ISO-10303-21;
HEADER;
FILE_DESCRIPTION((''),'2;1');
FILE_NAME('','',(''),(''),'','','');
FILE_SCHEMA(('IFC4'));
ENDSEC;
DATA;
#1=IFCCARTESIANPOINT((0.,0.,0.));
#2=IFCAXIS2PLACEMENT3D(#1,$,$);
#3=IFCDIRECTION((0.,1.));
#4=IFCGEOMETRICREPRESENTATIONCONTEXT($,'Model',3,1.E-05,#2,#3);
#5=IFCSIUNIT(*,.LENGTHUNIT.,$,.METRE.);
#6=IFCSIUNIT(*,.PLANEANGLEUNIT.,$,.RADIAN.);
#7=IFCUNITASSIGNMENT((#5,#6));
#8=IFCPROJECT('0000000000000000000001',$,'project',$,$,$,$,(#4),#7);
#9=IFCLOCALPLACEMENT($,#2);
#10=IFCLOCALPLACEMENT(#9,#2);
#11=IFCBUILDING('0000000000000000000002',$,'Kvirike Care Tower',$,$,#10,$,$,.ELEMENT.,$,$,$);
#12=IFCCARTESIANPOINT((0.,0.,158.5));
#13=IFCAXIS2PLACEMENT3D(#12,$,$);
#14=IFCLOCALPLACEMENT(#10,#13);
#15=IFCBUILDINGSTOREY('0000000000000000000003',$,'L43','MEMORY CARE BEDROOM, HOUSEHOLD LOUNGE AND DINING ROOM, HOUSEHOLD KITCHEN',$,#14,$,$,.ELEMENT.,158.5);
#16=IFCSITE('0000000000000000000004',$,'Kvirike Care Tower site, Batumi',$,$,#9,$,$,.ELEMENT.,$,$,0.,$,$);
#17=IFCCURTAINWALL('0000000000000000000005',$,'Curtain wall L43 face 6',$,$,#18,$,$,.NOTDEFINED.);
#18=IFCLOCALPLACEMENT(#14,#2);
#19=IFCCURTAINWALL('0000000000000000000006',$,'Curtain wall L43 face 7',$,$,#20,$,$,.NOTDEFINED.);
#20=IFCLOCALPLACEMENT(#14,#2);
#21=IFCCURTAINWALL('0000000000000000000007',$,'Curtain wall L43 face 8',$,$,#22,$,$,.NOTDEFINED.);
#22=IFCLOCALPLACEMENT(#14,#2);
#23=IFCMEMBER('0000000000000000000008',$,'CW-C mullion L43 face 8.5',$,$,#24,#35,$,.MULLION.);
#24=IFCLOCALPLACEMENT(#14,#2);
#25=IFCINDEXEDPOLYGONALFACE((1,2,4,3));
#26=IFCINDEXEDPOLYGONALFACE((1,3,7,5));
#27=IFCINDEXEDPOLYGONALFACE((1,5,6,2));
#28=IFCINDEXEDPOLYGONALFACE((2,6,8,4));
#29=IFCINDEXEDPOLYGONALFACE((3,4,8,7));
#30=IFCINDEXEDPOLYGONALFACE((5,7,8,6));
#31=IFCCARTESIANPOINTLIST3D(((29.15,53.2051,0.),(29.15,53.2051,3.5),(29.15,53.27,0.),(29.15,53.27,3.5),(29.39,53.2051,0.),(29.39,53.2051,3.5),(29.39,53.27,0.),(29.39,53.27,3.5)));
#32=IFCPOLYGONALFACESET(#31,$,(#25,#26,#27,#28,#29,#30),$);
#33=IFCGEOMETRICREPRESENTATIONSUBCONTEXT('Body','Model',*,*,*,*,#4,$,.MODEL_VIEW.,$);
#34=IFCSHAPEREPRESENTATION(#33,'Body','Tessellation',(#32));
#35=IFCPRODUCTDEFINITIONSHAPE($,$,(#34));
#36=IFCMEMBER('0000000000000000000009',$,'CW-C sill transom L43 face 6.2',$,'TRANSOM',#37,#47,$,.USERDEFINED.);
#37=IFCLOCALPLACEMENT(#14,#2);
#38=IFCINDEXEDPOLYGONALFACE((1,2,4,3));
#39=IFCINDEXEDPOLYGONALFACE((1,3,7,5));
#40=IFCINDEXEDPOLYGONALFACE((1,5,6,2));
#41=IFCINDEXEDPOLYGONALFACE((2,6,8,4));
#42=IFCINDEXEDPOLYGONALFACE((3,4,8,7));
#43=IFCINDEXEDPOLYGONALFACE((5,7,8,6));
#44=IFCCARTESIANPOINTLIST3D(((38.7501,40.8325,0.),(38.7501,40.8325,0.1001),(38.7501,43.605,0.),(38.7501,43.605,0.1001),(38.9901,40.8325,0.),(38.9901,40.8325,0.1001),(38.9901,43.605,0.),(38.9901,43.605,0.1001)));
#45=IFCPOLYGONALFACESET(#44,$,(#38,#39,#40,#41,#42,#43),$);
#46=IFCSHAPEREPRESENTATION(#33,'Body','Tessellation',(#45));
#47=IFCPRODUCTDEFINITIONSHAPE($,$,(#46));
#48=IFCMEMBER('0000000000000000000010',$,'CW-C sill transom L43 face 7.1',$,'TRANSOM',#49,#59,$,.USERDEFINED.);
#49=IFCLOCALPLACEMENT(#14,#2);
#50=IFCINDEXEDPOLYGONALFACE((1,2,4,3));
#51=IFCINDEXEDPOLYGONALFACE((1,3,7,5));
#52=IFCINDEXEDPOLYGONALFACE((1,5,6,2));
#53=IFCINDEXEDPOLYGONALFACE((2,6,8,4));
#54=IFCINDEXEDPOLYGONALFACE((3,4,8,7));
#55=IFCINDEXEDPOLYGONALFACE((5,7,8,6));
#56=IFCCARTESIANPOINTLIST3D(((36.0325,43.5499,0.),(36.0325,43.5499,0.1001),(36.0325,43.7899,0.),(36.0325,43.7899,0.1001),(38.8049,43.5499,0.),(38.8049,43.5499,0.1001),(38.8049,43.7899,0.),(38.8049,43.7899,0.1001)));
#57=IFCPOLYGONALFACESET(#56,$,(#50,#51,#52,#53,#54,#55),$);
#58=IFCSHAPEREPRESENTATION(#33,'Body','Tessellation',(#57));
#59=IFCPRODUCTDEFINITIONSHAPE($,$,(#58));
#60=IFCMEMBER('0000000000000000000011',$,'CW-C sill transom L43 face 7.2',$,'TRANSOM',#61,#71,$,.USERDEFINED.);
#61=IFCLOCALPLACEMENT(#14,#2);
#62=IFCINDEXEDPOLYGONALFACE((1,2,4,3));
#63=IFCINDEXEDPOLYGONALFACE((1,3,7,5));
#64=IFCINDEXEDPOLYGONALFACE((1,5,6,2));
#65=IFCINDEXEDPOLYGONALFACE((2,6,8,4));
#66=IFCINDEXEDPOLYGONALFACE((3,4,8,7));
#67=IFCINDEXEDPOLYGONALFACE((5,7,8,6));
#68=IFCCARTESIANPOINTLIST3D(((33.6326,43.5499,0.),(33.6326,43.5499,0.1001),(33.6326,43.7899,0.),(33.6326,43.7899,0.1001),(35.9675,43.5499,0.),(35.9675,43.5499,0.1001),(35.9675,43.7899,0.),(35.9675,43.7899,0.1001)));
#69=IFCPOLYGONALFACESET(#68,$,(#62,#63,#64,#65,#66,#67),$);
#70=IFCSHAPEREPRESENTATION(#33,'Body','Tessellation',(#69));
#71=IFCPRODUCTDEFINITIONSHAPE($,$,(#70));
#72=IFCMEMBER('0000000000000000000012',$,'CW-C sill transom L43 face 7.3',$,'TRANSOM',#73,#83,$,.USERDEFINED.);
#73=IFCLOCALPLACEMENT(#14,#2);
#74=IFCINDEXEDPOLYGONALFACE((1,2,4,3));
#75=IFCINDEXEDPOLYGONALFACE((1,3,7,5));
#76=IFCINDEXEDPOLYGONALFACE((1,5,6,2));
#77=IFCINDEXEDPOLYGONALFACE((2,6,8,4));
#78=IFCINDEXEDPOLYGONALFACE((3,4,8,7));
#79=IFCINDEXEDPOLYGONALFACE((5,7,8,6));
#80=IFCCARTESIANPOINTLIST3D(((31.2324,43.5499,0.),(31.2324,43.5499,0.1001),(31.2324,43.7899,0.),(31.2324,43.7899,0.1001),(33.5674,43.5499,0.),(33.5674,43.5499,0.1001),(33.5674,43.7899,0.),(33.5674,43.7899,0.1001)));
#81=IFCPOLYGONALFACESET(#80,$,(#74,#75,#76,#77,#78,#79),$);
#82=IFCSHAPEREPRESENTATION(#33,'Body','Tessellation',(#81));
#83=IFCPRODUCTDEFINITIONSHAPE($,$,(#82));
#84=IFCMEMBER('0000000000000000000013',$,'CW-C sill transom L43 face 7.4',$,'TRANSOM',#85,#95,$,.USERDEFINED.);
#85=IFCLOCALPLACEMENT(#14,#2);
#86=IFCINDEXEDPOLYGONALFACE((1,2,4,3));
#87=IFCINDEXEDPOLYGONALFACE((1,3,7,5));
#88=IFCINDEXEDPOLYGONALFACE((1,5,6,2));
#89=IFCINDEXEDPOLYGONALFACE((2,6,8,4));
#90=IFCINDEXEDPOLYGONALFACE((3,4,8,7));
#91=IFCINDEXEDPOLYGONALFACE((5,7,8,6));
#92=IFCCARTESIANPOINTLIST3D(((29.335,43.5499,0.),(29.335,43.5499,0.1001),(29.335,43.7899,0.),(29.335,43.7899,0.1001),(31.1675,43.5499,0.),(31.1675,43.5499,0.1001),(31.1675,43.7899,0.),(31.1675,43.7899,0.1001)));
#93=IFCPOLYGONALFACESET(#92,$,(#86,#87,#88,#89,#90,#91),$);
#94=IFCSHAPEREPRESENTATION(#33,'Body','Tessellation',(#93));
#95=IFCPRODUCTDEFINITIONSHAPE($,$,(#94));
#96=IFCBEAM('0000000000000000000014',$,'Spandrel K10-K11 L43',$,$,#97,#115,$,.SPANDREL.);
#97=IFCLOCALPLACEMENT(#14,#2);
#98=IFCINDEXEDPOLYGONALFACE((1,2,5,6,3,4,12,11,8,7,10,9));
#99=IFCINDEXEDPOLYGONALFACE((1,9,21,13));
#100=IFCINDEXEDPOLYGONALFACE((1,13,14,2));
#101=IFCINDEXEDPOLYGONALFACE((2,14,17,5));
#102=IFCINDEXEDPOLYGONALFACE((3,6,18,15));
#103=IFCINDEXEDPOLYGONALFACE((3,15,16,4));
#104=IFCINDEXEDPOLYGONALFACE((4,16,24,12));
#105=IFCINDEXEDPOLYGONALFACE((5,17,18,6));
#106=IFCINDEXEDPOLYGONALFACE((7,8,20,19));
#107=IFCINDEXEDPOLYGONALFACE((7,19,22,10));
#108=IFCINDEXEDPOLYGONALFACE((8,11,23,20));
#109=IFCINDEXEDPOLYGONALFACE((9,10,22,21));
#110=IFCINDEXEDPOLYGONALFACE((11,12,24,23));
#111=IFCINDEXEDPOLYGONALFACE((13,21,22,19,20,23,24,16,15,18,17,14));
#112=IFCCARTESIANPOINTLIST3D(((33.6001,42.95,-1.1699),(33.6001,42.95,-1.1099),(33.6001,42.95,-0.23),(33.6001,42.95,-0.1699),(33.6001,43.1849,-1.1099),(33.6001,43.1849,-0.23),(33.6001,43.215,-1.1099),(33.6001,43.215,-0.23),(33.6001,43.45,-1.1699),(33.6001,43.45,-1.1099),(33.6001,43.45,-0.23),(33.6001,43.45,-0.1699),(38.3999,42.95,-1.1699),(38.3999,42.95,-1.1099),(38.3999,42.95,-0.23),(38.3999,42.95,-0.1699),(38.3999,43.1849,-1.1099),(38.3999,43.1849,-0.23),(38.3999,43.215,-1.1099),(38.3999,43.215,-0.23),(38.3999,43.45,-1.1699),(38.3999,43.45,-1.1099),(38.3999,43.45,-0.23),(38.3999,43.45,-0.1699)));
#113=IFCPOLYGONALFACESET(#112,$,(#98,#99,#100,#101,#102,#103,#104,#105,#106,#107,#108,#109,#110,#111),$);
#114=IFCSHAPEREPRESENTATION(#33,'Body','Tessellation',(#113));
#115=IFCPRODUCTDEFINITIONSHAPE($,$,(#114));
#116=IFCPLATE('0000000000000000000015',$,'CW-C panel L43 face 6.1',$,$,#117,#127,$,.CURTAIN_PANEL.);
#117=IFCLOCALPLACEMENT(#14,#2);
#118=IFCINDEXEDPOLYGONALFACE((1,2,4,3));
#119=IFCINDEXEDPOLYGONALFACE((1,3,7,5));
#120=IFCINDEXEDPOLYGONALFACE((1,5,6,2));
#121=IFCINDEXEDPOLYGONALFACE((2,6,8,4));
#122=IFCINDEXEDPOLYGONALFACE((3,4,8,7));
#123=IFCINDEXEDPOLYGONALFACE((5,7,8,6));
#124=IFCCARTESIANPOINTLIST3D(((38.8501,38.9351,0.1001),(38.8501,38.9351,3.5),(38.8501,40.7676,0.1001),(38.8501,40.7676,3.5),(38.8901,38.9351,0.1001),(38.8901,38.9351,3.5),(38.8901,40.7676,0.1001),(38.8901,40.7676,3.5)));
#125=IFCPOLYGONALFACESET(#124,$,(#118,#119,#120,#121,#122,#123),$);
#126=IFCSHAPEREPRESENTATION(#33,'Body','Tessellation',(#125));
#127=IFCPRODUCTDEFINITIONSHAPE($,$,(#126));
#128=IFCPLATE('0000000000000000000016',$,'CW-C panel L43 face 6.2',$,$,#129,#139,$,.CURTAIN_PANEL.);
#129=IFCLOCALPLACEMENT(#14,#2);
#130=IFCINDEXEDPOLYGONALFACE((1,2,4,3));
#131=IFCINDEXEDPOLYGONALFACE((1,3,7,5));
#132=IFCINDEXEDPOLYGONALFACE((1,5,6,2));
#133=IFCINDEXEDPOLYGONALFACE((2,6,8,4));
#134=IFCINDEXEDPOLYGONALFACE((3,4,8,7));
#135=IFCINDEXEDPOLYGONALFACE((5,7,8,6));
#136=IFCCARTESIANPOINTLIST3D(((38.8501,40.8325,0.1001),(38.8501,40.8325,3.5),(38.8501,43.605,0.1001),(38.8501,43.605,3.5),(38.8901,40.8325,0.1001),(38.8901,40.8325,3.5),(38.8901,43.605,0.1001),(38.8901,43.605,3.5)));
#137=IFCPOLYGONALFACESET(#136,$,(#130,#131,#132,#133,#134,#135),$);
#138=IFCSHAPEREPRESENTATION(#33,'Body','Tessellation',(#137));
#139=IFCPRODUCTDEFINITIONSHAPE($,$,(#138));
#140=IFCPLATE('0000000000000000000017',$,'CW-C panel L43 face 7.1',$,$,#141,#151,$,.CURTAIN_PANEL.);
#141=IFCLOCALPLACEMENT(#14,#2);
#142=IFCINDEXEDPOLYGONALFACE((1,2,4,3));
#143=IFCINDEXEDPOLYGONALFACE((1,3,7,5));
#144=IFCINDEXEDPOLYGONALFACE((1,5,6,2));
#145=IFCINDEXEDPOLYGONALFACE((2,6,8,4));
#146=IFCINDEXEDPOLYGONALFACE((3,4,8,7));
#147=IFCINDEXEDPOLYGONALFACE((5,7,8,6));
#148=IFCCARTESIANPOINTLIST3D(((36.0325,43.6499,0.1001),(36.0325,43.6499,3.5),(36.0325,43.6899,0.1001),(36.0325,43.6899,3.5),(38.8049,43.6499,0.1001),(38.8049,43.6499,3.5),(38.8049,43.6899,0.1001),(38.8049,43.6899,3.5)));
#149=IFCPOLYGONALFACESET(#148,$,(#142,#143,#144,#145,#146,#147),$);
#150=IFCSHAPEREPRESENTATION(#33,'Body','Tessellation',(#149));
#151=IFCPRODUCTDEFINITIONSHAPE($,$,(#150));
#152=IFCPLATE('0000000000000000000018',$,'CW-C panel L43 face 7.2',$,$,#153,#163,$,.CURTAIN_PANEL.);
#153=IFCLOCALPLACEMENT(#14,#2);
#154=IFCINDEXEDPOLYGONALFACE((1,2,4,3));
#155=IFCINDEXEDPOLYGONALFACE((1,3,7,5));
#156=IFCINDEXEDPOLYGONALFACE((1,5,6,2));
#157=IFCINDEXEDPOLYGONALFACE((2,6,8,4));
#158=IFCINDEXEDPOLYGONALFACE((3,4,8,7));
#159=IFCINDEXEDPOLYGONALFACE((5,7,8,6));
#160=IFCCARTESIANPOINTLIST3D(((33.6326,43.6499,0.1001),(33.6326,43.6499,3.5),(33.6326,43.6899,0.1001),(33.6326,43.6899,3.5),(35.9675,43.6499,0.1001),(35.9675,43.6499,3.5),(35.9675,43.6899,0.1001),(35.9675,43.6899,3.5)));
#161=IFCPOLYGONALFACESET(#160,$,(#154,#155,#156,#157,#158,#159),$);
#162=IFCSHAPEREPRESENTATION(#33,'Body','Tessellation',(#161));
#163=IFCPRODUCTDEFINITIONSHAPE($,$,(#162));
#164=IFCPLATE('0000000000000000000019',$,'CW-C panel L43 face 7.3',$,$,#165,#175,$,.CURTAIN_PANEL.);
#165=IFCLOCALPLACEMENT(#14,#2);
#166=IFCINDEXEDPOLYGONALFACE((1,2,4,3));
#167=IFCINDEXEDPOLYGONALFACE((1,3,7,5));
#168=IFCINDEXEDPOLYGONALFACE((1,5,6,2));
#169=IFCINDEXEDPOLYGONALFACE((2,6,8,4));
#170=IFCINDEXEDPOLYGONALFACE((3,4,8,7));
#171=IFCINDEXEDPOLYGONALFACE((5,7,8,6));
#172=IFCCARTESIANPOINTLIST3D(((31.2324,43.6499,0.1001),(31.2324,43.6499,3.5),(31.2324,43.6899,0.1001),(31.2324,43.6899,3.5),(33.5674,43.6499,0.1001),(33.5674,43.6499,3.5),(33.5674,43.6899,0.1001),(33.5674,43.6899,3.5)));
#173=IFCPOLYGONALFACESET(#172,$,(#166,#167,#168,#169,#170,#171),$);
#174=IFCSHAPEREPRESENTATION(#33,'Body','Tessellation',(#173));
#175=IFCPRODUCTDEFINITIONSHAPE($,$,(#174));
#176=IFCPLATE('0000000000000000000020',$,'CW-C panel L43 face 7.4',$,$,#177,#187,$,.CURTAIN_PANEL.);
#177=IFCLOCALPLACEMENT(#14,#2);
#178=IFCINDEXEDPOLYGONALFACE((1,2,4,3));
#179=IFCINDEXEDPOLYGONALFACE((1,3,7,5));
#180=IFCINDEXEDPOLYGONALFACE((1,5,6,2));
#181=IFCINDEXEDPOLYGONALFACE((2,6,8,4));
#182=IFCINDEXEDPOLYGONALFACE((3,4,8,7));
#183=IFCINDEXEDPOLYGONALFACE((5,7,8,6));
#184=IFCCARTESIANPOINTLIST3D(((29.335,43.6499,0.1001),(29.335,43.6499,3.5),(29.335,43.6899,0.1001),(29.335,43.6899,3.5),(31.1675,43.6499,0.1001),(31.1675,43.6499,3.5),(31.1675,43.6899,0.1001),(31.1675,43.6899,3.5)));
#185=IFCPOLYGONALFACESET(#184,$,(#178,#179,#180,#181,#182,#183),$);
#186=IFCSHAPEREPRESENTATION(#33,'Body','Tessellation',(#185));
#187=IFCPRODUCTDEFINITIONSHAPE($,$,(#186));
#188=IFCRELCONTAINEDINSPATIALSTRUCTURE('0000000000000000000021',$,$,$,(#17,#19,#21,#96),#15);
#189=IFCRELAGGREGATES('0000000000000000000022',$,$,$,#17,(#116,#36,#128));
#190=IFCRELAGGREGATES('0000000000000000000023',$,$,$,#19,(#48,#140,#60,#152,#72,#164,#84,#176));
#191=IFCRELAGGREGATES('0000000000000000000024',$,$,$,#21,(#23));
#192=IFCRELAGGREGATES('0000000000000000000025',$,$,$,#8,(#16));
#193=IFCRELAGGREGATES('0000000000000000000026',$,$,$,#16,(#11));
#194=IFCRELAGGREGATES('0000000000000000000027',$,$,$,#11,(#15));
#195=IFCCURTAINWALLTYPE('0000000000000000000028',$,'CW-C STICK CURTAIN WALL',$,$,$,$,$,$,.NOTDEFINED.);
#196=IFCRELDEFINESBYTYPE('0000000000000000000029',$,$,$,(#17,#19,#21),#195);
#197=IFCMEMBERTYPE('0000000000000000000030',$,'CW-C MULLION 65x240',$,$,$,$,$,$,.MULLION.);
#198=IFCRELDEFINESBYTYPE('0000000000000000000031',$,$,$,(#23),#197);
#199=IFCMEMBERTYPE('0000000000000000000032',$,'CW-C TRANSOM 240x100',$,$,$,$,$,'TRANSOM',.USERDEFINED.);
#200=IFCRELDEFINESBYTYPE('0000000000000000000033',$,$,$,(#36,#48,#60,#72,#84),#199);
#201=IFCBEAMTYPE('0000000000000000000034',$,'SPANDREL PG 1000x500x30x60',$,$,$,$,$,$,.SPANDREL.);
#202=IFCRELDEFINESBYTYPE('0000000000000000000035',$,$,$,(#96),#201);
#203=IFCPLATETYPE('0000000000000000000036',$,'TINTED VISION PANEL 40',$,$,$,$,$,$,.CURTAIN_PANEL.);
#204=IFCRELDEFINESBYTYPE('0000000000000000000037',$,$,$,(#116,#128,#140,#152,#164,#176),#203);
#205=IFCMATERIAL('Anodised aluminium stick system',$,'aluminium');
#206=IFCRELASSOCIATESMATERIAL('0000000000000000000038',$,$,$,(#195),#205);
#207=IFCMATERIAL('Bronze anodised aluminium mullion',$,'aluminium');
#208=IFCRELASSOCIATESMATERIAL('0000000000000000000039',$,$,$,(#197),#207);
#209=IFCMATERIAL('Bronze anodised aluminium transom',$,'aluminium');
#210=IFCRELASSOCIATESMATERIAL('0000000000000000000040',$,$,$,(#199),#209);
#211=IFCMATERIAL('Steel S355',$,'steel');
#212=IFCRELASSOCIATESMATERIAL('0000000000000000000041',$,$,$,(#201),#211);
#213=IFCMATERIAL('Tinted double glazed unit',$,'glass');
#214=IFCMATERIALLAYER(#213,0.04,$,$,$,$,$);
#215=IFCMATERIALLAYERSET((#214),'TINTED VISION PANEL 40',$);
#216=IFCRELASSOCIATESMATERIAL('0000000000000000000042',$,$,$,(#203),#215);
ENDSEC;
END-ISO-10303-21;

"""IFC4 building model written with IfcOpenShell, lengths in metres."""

from ifc_helpers import new_model, si_unit, direction, frame, origin, origin_2d, place, context, subcontext, project, spatial, rectangle, i_section, extrude, material, layer, layer_set, material_profile, profile_set, type_object, element, aggregate, save


model = new_model("IFC4")

# Units and contexts
model_context = context("Model", 3, precision=1e-05, world=origin(), true_north=direction((0.0, 1.0)))
body_context = subcontext(model_context, "Body", "Model", "MODEL_VIEW")
ifc_project = project(units=[si_unit("LENGTHUNIT", "METRE"), si_unit("PLANEANGLEUNIT", "RADIAN")], contexts=[model_context])

# Site, building, storey
site_placement = place(None, origin())
site = spatial("IfcSite", under=ifc_project, at=site_placement, Name="Kvirike Care Tower site, Batumi", CompositionType="ELEMENT", RefElevation=0.0)
building_placement = place(site_placement, origin())
building = spatial("IfcBuilding", under=site, at=building_placement, Name="Kvirike Care Tower", CompositionType="ELEMENT")
storey_placement = place(building_placement, frame((0.0, 0.0, 158.5)))
storey = spatial("IfcBuildingStorey", under=building, at=storey_placement, Name="L43", Description="MEMORY CARE BEDROOM, HOUSEHOLD LOUNGE AND DINING ROOM, HOUSEHOLD KITCHEN", CompositionType="ELEMENT", Elevation=158.5)

# Curtain walls
ifc_material_1 = material(Name="Anodised aluminium stick system", Category="aluminium")
curtain_wall_type = type_object("IfcCurtainWallType", Name="CW-C STICK CURTAIN WALL", PredefinedType="NOTDEFINED", material=ifc_material_1)
curtain_wall_1_placement = place(storey_placement, origin())
curtain_wall_1 = element("IfcCurtainWall", 1, at=curtain_wall_1_placement, inside=storey, type_object=curtain_wall_type, Name="Curtain wall L43 face 6", PredefinedType="NOTDEFINED")
curtain_wall_2_placement = place(storey_placement, origin())
curtain_wall_2 = element("IfcCurtainWall", 2, at=curtain_wall_2_placement, inside=storey, type_object=curtain_wall_type, Name="Curtain wall L43 face 7", PredefinedType="NOTDEFINED")
curtain_wall_3_placement = place(storey_placement, origin())
curtain_wall_3 = element("IfcCurtainWall", 3, at=curtain_wall_3_placement, inside=storey, type_object=curtain_wall_type, Name="Curtain wall L43 face 8", PredefinedType="NOTDEFINED")

# Members
ifc_material_2 = material(Name="Bronze anodised aluminium mullion", Category="aluminium")
ifc_material_profile_1 = material_profile(ifc_material_2, rectangle(XDim=0.0649, YDim=0.24, at=origin_2d()), Name="CW-C MULLION 65x240")
ifc_profile_set_1 = profile_set([ifc_material_profile_1], Name="Bronze anodised aluminium mullion")
member_type_1 = type_object("IfcMemberType", Name="CW-C MULLION 65x240", PredefinedType="MULLION", material=ifc_profile_set_1)
member_1_placement = place(storey_placement, frame((29.27, 53.2375, 0.0), z_axis=(0.0, 0.0, 1.0), x_axis=(0.0, 1.0, 0.0)))
member_1 = element("IfcMember", 4, at=member_1_placement, type_object=member_type_1, Name="CW-C mullion L43 face 8.5", PredefinedType="MULLION", context=body_context, shape_type="SweptSolid", body=[
    extrude(rectangle(XDim=0.0649, YDim=0.24, at=origin_2d()), origin(), (0.0, 0.0, 1.0), 3.5),
])
ifc_material_3 = material(Name="Bronze anodised aluminium transom", Category="aluminium")
ifc_material_profile_2 = material_profile(ifc_material_3, rectangle(XDim=0.24, YDim=0.1001, at=origin_2d()), Name="CW-C TRANSOM 240x100")
ifc_profile_set_2 = profile_set([ifc_material_profile_2], Name="Bronze anodised aluminium transom")
member_type_2 = type_object("IfcMemberType", Name="CW-C TRANSOM 240x100", ElementType="TRANSOM", PredefinedType="USERDEFINED", material=ifc_profile_set_2)
member_2_placement = place(storey_placement, frame((38.8701, 40.8325, 0.05), z_axis=(0.0, 1.0, 0.0), x_axis=(-1.0, 0.0, 0.0)))
member_2 = element("IfcMember", 5, at=member_2_placement, type_object=member_type_2, Name="CW-C sill transom L43 face 6.2", ObjectType="TRANSOM", PredefinedType="USERDEFINED", context=body_context, shape_type="SweptSolid", body=[
    extrude(rectangle(XDim=0.24, YDim=0.1001, at=origin_2d()), origin(), (0.0, 0.0, 1.0), 2.7725),
])
member_3_placement = place(storey_placement, frame((38.8049, 43.6699, 0.05), z_axis=(-1.0, 0.0, 0.0), x_axis=(0.0, -1.0, 0.0)))
member_3 = element("IfcMember", 6, at=member_3_placement, type_object=member_type_2, Name="CW-C sill transom L43 face 7.1", ObjectType="TRANSOM", PredefinedType="USERDEFINED", context=body_context, shape_type="SweptSolid", body=[
    extrude(rectangle(XDim=0.24, YDim=0.1001, at=origin_2d()), origin(), (0.0, 0.0, 1.0), 2.7725),
])
member_4_placement = place(storey_placement, frame((35.9675, 43.6699, 0.05), z_axis=(-1.0, 0.0, 0.0), x_axis=(0.0, -1.0, 0.0)))
member_4 = element("IfcMember", 7, at=member_4_placement, type_object=member_type_2, Name="CW-C sill transom L43 face 7.2", ObjectType="TRANSOM", PredefinedType="USERDEFINED", context=body_context, shape_type="SweptSolid", body=[
    extrude(rectangle(XDim=0.24, YDim=0.1001, at=origin_2d()), origin(), (0.0, 0.0, 1.0), 2.335),
])
member_5_placement = place(storey_placement, frame((33.5674, 43.6699, 0.05), z_axis=(-1.0, 0.0, 0.0), x_axis=(0.0, -1.0, 0.0)))
member_5 = element("IfcMember", 8, at=member_5_placement, type_object=member_type_2, Name="CW-C sill transom L43 face 7.3", ObjectType="TRANSOM", PredefinedType="USERDEFINED", context=body_context, shape_type="SweptSolid", body=[
    extrude(rectangle(XDim=0.24, YDim=0.1001, at=origin_2d()), origin(), (0.0, 0.0, 1.0), 2.335),
])
member_6_placement = place(storey_placement, frame((31.1675, 43.6699, 0.05), z_axis=(-1.0, 0.0, 0.0), x_axis=(0.0, -1.0, 0.0)))
member_6 = element("IfcMember", 9, at=member_6_placement, type_object=member_type_2, Name="CW-C sill transom L43 face 7.4", ObjectType="TRANSOM", PredefinedType="USERDEFINED", context=body_context, shape_type="SweptSolid", body=[
    extrude(rectangle(XDim=0.24, YDim=0.1001, at=origin_2d()), origin(), (0.0, 0.0, 1.0), 1.8325),
])

# Beam
ifc_material_4 = material(Name="Steel S355", Category="steel")
ifc_material_profile_3 = material_profile(ifc_material_4, i_section(OverallWidth=0.5, OverallDepth=1.0, WebThickness=0.03, FlangeThickness=0.0601, at=origin_2d()), Name="PG 1000x500x30x60")
ifc_profile_set_3 = profile_set([ifc_material_profile_3], Name="Steel S355")
beam_type = type_object("IfcBeamType", Name="SPANDREL PG 1000x500x30x60", PredefinedType="SPANDREL", material=ifc_profile_set_3)
beam_placement = place(storey_placement, frame((33.6001, 43.2, -0.6699), z_axis=(1.0, 0.0, 0.0), x_axis=(0.0, 1.0, 0.0)))
element("IfcBeam", 10, at=beam_placement, inside=storey, type_object=beam_type, Name="Spandrel K10-K11 L43", PredefinedType="SPANDREL", context=body_context, shape_type="SweptSolid", body=[
    extrude(i_section(OverallWidth=0.5, OverallDepth=1.0, WebThickness=0.03, FlangeThickness=0.0601, at=origin_2d()), origin(), (0.0, 0.0, 1.0), 4.7998),
])

# Plates
ifc_material_5 = material(Name="Tinted double glazed unit", Category="glass")
ifc_layer_1 = layer(ifc_material_5, 0.04)
ifc_layer_set_1 = layer_set([ifc_layer_1], Name="TINTED VISION PANEL 40")
plate_type = type_object("IfcPlateType", Name="TINTED VISION PANEL 40", PredefinedType="CURTAIN_PANEL", material=ifc_layer_set_1)
plate_1_placement = place(storey_placement, frame((38.8701, 39.8513, 0.1001), z_axis=(0.0, 0.0, 1.0), x_axis=(0.0, 1.0, 0.0)))
plate_1 = element("IfcPlate", 11, at=plate_1_placement, type_object=plate_type, Name="CW-C panel L43 face 6.1", PredefinedType="CURTAIN_PANEL", context=body_context, shape_type="SweptSolid", body=[
    extrude(rectangle(XDim=1.8325, YDim=0.04, at=origin_2d()), origin(), (0.0, 0.0, 1.0), 3.3999),
])
plate_2_placement = place(storey_placement, frame((38.8701, 42.2188, 0.1001), z_axis=(0.0, 0.0, 1.0), x_axis=(0.0, 1.0, 0.0)))
plate_2 = element("IfcPlate", 12, at=plate_2_placement, type_object=plate_type, Name="CW-C panel L43 face 6.2", PredefinedType="CURTAIN_PANEL", context=body_context, shape_type="SweptSolid", body=[
    extrude(rectangle(XDim=2.7725, YDim=0.04, at=origin_2d()), origin(), (0.0, 0.0, 1.0), 3.3999),
])
aggregate(curtain_wall_1, [plate_1, member_2, plate_2])
plate_3_placement = place(storey_placement, frame((37.4187, 43.6699, 0.1001), z_axis=(0.0, 0.0, 1.0), x_axis=(-1.0, 0.0, 0.0)))
plate_3 = element("IfcPlate", 13, at=plate_3_placement, type_object=plate_type, Name="CW-C panel L43 face 7.1", PredefinedType="CURTAIN_PANEL", context=body_context, shape_type="SweptSolid", body=[
    extrude(rectangle(XDim=2.7725, YDim=0.04, at=origin_2d()), origin(), (0.0, 0.0, 1.0), 3.3999),
])
plate_4_placement = place(storey_placement, frame((34.8, 43.6699, 0.1001), z_axis=(0.0, 0.0, 1.0), x_axis=(-1.0, 0.0, 0.0)))
plate_4 = element("IfcPlate", 14, at=plate_4_placement, type_object=plate_type, Name="CW-C panel L43 face 7.2", PredefinedType="CURTAIN_PANEL", context=body_context, shape_type="SweptSolid", body=[
    extrude(rectangle(XDim=2.335, YDim=0.04, at=origin_2d()), origin(), (0.0, 0.0, 1.0), 3.3999),
])
plate_5_placement = place(storey_placement, frame((32.3999, 43.6699, 0.1001), z_axis=(0.0, 0.0, 1.0), x_axis=(-1.0, 0.0, 0.0)))
plate_5 = element("IfcPlate", 15, at=plate_5_placement, type_object=plate_type, Name="CW-C panel L43 face 7.3", PredefinedType="CURTAIN_PANEL", context=body_context, shape_type="SweptSolid", body=[
    extrude(rectangle(XDim=2.335, YDim=0.04, at=origin_2d()), origin(), (0.0, 0.0, 1.0), 3.3999),
])
plate_6_placement = place(storey_placement, frame((30.2512, 43.6699, 0.1001), z_axis=(0.0, 0.0, 1.0), x_axis=(-1.0, 0.0, 0.0)))
plate_6 = element("IfcPlate", 16, at=plate_6_placement, type_object=plate_type, Name="CW-C panel L43 face 7.4", PredefinedType="CURTAIN_PANEL", context=body_context, shape_type="SweptSolid", body=[
    extrude(rectangle(XDim=1.8325, YDim=0.04, at=origin_2d()), origin(), (0.0, 0.0, 1.0), 3.3999),
])
aggregate(curtain_wall_2, [member_3, plate_3, member_4, plate_4, member_5, plate_5, member_6, plate_6])
aggregate(curtain_wall_3, [member_1])

save(model, "model.ifc")
